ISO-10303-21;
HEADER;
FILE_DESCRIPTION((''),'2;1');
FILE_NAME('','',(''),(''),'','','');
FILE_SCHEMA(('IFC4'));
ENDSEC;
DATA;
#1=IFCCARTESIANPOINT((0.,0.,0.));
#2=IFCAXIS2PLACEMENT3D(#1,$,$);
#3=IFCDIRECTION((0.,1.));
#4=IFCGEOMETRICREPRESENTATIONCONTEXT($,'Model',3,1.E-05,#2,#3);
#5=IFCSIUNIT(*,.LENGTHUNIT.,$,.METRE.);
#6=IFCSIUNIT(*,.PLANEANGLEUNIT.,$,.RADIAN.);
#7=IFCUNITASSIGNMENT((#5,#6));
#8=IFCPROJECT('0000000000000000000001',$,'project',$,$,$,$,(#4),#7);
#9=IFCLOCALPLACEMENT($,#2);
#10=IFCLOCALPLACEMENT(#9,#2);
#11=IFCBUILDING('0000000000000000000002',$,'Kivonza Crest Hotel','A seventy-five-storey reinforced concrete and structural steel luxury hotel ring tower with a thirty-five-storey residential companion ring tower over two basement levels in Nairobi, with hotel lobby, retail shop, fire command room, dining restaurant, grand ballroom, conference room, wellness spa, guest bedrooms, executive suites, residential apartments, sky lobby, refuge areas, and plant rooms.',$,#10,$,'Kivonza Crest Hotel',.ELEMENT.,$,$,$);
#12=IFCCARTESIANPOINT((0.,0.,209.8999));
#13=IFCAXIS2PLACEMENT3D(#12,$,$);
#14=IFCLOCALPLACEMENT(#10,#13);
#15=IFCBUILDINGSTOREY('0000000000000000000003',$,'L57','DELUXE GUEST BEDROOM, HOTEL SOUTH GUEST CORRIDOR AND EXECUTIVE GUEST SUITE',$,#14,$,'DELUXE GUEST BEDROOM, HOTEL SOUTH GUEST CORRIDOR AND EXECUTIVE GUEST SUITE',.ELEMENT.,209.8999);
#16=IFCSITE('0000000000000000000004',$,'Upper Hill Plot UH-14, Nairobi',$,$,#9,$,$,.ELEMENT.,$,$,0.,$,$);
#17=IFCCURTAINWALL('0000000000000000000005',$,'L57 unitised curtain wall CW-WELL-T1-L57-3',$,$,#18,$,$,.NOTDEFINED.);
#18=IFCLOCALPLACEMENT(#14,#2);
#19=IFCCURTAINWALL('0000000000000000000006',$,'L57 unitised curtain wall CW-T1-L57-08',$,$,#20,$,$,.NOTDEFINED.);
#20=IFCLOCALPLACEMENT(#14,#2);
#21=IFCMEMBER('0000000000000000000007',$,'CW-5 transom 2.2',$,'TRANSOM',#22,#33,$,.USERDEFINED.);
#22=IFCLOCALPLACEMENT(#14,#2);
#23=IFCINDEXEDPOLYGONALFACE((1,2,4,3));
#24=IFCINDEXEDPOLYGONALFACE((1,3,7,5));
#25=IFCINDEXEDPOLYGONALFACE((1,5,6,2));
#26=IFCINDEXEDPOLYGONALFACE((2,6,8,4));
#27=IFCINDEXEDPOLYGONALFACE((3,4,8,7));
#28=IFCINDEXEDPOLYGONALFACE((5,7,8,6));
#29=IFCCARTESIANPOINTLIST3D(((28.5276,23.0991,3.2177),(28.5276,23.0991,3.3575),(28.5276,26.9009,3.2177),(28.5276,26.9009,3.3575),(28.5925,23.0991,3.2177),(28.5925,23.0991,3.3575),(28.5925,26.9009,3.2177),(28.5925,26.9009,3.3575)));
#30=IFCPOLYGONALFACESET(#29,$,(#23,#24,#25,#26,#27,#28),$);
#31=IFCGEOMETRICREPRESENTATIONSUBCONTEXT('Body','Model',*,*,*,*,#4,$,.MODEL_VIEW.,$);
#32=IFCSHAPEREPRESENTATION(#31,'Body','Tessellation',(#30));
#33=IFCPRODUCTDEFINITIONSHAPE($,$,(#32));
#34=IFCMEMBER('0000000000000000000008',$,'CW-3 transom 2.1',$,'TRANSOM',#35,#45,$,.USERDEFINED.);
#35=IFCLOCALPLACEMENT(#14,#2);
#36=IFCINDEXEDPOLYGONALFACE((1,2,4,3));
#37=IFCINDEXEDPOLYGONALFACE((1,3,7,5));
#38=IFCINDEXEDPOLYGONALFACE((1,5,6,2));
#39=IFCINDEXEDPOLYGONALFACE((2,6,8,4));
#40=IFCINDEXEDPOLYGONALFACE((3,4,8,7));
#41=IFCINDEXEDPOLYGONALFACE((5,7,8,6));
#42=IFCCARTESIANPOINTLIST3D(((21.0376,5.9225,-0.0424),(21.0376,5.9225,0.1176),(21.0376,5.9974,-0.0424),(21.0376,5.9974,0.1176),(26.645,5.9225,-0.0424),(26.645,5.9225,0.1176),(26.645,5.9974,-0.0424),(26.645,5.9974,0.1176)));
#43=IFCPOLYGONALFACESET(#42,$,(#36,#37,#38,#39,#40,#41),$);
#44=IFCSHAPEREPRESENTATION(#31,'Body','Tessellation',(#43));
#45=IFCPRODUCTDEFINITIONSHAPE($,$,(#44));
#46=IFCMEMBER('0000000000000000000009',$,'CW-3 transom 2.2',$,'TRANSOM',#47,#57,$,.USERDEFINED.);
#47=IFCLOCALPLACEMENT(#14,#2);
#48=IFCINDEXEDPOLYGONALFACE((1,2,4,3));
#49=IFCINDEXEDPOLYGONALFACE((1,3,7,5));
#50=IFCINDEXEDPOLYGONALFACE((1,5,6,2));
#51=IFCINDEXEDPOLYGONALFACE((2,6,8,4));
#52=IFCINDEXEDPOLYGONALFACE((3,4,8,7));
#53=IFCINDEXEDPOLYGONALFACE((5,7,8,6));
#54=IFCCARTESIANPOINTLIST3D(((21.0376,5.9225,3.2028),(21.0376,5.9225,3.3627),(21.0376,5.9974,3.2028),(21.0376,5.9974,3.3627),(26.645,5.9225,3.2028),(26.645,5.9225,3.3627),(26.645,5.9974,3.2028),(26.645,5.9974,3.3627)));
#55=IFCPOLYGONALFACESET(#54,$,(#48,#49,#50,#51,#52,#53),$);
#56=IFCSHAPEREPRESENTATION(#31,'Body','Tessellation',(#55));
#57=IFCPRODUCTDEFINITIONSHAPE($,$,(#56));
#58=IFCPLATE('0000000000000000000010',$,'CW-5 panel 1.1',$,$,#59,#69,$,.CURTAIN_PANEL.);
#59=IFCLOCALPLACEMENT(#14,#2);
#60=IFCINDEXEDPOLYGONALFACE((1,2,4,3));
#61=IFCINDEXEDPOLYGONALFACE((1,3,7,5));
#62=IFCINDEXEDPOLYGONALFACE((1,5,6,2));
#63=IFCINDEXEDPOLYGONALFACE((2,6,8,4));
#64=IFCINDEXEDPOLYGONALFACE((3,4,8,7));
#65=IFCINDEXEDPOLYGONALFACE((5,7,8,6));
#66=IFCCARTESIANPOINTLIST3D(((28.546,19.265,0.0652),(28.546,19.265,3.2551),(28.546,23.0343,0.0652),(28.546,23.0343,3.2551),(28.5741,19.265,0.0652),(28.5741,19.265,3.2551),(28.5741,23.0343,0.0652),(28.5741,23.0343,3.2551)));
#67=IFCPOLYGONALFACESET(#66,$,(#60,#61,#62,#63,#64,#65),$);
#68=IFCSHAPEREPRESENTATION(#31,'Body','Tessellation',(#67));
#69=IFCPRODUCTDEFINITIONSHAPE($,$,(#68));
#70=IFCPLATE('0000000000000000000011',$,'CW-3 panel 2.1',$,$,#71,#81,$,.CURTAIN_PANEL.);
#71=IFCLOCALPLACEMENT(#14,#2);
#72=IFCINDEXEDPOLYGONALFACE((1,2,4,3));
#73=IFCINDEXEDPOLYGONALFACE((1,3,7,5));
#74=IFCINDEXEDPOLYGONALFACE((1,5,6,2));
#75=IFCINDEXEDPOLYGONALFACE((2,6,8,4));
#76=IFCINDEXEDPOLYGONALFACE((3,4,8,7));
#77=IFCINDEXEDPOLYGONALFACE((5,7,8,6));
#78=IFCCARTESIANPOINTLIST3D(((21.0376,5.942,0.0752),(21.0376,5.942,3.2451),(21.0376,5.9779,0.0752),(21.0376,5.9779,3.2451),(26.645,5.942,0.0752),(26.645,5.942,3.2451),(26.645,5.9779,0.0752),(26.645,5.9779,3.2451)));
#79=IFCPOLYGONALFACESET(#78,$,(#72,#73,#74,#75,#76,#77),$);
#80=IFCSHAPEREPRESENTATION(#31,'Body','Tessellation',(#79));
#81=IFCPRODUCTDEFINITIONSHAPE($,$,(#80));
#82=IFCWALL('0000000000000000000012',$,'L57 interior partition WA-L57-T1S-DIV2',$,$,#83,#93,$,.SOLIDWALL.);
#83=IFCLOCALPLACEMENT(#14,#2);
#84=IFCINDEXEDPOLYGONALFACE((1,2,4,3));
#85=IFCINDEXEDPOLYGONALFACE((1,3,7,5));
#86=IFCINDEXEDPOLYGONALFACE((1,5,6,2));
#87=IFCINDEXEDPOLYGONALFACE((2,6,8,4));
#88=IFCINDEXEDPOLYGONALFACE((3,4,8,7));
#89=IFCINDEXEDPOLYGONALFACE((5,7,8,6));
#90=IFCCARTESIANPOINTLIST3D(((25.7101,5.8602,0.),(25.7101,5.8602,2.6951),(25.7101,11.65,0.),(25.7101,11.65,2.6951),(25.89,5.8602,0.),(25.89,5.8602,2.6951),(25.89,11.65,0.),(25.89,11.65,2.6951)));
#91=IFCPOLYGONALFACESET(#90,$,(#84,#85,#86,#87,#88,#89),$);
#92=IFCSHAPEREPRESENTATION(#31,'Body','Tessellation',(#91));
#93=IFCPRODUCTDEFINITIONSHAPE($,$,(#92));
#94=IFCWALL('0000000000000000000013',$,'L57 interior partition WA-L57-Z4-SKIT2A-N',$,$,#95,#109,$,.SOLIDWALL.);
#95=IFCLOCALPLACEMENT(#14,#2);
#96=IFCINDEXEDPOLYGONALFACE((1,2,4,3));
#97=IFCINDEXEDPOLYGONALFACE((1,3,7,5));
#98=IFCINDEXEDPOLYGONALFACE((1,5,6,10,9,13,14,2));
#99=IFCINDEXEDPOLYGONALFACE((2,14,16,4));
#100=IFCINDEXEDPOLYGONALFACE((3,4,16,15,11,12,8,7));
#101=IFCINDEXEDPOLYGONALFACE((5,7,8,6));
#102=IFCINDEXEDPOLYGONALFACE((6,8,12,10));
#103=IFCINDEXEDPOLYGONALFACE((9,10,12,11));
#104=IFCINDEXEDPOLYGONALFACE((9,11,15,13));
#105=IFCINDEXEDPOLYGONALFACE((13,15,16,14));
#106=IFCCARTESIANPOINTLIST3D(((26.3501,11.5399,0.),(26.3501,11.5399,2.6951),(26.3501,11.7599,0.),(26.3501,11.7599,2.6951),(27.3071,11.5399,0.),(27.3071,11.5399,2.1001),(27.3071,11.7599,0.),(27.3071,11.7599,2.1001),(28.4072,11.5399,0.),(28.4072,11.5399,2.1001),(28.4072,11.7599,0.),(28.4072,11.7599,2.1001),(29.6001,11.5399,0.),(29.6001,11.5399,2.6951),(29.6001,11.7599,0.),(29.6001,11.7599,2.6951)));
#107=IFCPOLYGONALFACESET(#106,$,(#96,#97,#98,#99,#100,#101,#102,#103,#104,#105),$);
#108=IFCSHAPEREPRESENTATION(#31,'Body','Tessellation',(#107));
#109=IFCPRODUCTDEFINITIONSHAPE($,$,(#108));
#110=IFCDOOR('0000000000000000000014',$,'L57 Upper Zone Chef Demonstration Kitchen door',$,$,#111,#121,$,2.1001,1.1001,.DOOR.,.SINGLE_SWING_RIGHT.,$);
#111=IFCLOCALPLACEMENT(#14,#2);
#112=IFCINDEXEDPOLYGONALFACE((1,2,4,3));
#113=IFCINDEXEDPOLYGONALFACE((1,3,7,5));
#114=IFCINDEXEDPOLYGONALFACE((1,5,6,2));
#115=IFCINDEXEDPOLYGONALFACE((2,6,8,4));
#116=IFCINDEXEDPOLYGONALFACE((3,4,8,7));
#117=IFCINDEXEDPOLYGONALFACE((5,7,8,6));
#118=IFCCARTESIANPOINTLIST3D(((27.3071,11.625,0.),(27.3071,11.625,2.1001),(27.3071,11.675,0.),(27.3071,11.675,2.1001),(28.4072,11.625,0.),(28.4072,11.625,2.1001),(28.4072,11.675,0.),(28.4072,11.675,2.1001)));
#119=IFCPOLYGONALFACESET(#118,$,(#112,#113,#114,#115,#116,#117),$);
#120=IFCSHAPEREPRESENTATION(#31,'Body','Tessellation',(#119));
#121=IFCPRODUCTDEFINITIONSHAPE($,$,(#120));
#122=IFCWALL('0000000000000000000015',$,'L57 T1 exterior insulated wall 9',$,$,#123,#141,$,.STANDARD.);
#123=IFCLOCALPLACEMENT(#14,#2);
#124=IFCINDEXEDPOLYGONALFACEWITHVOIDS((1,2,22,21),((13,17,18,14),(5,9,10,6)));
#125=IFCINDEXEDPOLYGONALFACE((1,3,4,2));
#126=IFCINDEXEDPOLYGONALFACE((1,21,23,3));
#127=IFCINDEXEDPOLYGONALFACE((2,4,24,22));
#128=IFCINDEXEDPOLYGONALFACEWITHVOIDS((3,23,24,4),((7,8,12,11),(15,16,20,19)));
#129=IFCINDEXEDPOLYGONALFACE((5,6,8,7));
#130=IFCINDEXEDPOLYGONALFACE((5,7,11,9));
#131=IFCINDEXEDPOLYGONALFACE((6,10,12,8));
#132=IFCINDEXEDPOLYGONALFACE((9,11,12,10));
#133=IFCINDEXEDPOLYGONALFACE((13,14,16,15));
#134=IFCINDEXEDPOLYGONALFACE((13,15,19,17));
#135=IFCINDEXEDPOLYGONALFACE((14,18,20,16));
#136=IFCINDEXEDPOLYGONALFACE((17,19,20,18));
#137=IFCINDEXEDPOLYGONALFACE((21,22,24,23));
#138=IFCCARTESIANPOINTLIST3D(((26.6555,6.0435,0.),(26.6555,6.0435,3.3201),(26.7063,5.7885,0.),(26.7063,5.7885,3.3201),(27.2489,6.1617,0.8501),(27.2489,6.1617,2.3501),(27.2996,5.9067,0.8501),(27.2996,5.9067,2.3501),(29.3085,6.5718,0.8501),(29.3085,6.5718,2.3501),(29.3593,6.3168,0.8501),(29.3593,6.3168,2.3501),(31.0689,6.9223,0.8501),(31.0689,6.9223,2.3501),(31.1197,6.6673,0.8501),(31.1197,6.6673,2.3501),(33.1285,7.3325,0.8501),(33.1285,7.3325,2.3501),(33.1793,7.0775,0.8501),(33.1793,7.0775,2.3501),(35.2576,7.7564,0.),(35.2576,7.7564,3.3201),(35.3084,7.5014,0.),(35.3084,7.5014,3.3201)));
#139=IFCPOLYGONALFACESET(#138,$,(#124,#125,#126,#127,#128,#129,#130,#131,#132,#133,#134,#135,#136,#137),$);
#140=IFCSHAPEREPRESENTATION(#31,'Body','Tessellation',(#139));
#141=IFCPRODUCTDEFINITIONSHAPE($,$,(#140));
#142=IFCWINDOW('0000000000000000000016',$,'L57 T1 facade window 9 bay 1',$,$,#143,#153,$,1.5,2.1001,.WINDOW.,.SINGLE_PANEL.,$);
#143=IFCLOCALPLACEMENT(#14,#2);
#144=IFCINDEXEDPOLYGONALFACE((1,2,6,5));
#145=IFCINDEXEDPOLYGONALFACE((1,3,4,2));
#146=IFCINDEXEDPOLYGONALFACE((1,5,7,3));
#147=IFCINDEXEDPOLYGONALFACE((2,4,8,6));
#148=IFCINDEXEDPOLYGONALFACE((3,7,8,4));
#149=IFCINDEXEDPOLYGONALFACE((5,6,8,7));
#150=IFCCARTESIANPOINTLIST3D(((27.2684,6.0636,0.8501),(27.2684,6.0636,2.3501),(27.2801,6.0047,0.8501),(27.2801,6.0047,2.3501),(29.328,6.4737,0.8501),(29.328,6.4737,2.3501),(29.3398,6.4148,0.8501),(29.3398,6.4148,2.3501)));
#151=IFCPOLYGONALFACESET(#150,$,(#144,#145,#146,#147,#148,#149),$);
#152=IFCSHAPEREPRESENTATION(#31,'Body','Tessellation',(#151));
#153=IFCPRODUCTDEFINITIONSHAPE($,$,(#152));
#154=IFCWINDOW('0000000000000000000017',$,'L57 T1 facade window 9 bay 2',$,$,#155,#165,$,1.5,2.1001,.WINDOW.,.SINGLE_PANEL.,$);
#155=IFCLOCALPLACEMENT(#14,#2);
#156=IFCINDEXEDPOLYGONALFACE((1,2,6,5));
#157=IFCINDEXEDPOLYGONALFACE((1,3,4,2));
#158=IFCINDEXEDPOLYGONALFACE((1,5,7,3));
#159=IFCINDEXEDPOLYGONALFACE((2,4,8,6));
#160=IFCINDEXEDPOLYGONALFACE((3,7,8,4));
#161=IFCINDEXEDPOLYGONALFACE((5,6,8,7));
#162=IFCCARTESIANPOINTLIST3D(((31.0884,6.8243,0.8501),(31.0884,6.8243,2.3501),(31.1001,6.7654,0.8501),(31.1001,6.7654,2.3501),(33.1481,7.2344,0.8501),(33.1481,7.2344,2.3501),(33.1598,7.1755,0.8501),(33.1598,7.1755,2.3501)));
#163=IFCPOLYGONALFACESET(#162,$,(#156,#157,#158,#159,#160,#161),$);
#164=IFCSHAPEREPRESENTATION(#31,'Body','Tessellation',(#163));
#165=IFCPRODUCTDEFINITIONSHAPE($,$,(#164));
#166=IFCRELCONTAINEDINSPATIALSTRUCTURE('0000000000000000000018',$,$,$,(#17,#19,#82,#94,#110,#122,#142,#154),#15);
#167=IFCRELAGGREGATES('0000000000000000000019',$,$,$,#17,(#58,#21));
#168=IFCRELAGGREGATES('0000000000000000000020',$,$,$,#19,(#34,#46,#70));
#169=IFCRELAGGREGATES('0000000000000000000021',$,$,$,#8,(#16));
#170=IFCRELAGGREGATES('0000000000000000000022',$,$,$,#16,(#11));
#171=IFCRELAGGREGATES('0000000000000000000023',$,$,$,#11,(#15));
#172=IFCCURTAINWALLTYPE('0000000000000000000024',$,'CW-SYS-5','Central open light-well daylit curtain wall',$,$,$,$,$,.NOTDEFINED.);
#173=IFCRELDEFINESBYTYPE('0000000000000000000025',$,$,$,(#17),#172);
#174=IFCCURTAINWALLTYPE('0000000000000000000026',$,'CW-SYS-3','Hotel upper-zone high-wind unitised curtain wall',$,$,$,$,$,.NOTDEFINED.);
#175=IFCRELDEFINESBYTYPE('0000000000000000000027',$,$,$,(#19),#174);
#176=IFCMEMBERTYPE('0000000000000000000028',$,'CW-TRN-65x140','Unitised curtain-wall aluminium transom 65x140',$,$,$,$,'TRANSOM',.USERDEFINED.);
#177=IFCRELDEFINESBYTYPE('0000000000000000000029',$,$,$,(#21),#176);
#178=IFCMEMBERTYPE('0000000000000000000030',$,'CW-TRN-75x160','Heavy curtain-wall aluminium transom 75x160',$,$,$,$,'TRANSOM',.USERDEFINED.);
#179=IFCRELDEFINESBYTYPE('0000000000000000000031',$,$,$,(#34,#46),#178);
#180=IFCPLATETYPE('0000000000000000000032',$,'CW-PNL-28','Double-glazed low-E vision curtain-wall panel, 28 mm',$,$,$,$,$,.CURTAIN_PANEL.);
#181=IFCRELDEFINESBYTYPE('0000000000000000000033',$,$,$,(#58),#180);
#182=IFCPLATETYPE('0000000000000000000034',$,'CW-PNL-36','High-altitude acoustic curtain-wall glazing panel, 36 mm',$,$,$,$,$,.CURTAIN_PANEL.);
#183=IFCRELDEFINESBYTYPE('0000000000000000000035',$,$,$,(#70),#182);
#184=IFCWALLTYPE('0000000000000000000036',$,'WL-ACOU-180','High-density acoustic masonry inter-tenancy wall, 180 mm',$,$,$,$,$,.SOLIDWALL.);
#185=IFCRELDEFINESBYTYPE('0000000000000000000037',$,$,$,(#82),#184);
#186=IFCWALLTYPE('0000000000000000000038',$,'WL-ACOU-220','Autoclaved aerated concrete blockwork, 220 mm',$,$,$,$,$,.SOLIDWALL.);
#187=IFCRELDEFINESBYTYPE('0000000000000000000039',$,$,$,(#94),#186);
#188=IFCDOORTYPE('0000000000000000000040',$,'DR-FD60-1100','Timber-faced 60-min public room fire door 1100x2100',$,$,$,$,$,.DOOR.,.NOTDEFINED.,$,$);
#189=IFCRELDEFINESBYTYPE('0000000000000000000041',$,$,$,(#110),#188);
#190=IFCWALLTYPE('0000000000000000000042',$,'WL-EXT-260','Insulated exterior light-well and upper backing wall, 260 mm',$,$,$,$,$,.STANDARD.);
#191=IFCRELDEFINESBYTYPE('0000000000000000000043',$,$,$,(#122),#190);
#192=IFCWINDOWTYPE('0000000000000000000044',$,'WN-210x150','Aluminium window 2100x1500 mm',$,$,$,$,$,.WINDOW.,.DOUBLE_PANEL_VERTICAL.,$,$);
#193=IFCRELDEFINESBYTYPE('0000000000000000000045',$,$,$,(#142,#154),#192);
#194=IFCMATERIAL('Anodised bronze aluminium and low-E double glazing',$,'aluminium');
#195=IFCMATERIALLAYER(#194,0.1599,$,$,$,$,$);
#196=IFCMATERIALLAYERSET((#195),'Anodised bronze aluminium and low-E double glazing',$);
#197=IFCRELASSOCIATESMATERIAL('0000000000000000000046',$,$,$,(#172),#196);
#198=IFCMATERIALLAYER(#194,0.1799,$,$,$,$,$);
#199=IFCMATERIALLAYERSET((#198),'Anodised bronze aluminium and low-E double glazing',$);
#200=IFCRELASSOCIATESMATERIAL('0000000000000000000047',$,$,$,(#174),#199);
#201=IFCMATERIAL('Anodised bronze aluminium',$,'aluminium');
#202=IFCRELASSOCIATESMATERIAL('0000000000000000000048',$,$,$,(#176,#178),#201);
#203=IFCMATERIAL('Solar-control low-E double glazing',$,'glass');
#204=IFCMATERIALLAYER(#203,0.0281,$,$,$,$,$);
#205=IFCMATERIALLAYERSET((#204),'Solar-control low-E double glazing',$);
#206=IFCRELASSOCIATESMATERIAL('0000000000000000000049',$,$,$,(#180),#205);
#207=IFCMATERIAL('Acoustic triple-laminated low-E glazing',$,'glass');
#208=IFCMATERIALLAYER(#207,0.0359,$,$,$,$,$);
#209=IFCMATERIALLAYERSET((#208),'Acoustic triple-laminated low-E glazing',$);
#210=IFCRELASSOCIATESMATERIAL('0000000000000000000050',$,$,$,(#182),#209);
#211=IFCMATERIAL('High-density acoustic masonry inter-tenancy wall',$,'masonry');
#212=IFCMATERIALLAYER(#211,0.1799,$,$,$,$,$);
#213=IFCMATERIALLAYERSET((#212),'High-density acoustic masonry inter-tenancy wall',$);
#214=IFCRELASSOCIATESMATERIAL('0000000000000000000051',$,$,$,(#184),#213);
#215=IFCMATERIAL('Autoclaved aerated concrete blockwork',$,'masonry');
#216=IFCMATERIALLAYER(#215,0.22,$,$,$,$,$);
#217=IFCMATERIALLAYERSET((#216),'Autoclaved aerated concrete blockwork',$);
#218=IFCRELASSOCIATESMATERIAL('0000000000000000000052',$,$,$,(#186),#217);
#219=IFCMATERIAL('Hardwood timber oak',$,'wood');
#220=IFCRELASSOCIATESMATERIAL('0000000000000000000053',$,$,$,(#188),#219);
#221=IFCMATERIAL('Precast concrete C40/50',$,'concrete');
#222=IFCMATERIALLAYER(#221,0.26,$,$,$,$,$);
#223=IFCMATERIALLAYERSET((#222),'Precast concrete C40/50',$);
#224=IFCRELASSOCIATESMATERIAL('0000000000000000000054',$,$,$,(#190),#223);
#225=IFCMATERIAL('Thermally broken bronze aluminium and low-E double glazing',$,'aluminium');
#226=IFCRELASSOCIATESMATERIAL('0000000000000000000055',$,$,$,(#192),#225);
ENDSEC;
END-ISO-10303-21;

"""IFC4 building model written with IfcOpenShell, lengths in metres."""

from ifc_helpers import new_model, si_unit, direction, frame, frame_2d, origin, origin_2d, place, context, subcontext, project, spatial, rectangle, extrude, material, layer, layer_set, material_profile, profile_set, type_object, element, fill, aggregate, save


model = new_model("IFC4")

# Units and contexts
model_context = context("Model", 3, precision=1e-05, world=origin(), true_north=direction((0.0, 1.0)))
body_context = subcontext(model_context, "Body", "Model", "MODEL_VIEW")
ifc_project = project(units=[si_unit("LENGTHUNIT", "METRE"), si_unit("PLANEANGLEUNIT", "RADIAN")], contexts=[model_context])

# Site, building, storey
site_placement = place(None, origin())
site = spatial("IfcSite", under=ifc_project, at=site_placement, Name="Upper Hill Plot UH-14, Nairobi", CompositionType="ELEMENT", RefElevation=0.0)
building_placement = place(site_placement, origin())
building = spatial("IfcBuilding", under=site, at=building_placement, Name="Kivonza Crest Hotel", Description="A seventy-five-storey reinforced concrete and structural steel luxury hotel ring tower with a thirty-five-storey residential companion ring tower over two basement levels in Nairobi, with hotel lobby, retail shop, fire command room, dining restaurant, grand ballroom, conference room, wellness spa, guest bedrooms, executive suites, residential apartments, sky lobby, refuge areas, and plant rooms.", LongName="Kivonza Crest Hotel", CompositionType="ELEMENT")
storey_placement = place(building_placement, frame((0.0, 0.0, 209.8999)))
storey = spatial("IfcBuildingStorey", under=building, at=storey_placement, Name="L57", Description="DELUXE GUEST BEDROOM, HOTEL SOUTH GUEST CORRIDOR AND EXECUTIVE GUEST SUITE", LongName="DELUXE GUEST BEDROOM, HOTEL SOUTH GUEST CORRIDOR AND EXECUTIVE GUEST SUITE", CompositionType="ELEMENT", Elevation=209.8999)

# Curtain walls
ifc_material_1 = material(Name="Anodised bronze aluminium and low-E double glazing", Category="aluminium")
ifc_layer_1 = layer(ifc_material_1, 0.1599)
ifc_layer_set_1 = layer_set([ifc_layer_1], Name="Anodised bronze aluminium and low-E double glazing")
curtain_wall_type_1 = type_object("IfcCurtainWallType", Name="CW-SYS-5", Description="Central open light-well daylit curtain wall", PredefinedType="NOTDEFINED", material=ifc_layer_set_1)
curtain_wall_1_placement = place(storey_placement, origin())
curtain_wall_1 = element("IfcCurtainWall", 1, at=curtain_wall_1_placement, inside=storey, type_object=curtain_wall_type_1, Name="L57 unitised curtain wall CW-WELL-T1-L57-3", PredefinedType="NOTDEFINED")
ifc_material_2 = material(Name="Anodised bronze aluminium", Category="aluminium")
ifc_layer_2 = layer(ifc_material_1, 0.1799)
ifc_layer_set_2 = layer_set([ifc_layer_2], Name="Anodised bronze aluminium and low-E double glazing")
curtain_wall_type_2 = type_object("IfcCurtainWallType", Name="CW-SYS-3", Description="Hotel upper-zone high-wind unitised curtain wall", PredefinedType="NOTDEFINED", material=ifc_layer_set_2)
curtain_wall_2_placement = place(storey_placement, origin())
curtain_wall_2 = element("IfcCurtainWall", 2, at=curtain_wall_2_placement, inside=storey, type_object=curtain_wall_type_2, Name="L57 unitised curtain wall CW-T1-L57-08", PredefinedType="NOTDEFINED")

# Members
ifc_material_profile_1 = material_profile(ifc_material_2, rectangle(XDim=0.0649, YDim=0.1399, at=origin_2d()), Name="CW-T 65x140")
ifc_profile_set_1 = profile_set([ifc_material_profile_1], Name="Anodised bronze aluminium")
member_type_1 = type_object("IfcMemberType", Name="CW-TRN-65x140", Description="Unitised curtain-wall aluminium transom 65x140", ElementType="TRANSOM", PredefinedType="USERDEFINED", material=ifc_profile_set_1)
member_1_placement = place(storey_placement, frame((28.5601, 23.0991, 3.2876), z_axis=(0.0, 1.0, 0.0), x_axis=(-1.0, 0.0, 0.0)))
member_1 = element("IfcMember", 3, at=member_1_placement, type_object=member_type_1, Name="CW-5 transom 2.2", ObjectType="TRANSOM", PredefinedType="USERDEFINED", context=body_context, shape_type="SweptSolid", body=[
    extrude(rectangle(XDim=0.0649, YDim=0.1399, at=origin_2d()), origin(), (0.0, 0.0, 1.0), 3.8018),
])
ifc_material_profile_2 = material_profile(ifc_material_2, rectangle(XDim=0.075, YDim=0.1599, at=origin_2d()), Name="CW-T 75x160")
ifc_profile_set_2 = profile_set([ifc_material_profile_2], Name="Anodised bronze aluminium")
member_type_2 = type_object("IfcMemberType", Name="CW-TRN-75x160", Description="Heavy curtain-wall aluminium transom 75x160", ElementType="TRANSOM", PredefinedType="USERDEFINED", material=ifc_profile_set_2)
member_2_placement = place(storey_placement, frame((21.0376, 5.96, 0.0376), z_axis=(1.0, 0.0, 0.0), x_axis=(0.0, 1.0, 0.0)))
member_2 = element("IfcMember", 4, at=member_2_placement, type_object=member_type_2, Name="CW-3 transom 2.1", ObjectType="TRANSOM", PredefinedType="USERDEFINED", context=body_context, shape_type="SweptSolid", body=[
    extrude(rectangle(XDim=0.075, YDim=0.1599, at=origin_2d()), origin(), (0.0, 0.0, 1.0), 5.6074),
])
member_3_placement = place(storey_placement, frame((21.0376, 5.96, 3.2827), z_axis=(1.0, 0.0, 0.0), x_axis=(0.0, 1.0, 0.0)))
member_3 = element("IfcMember", 5, at=member_3_placement, type_object=member_type_2, Name="CW-3 transom 2.2", ObjectType="TRANSOM", PredefinedType="USERDEFINED", context=body_context, shape_type="SweptSolid", body=[
    extrude(rectangle(XDim=0.075, YDim=0.1599, at=origin_2d()), origin(), (0.0, 0.0, 1.0), 5.6074),
])

# Plates
ifc_material_3 = material(Name="Solar-control low-E double glazing", Category="glass")
ifc_layer_3 = layer(ifc_material_3, 0.0281)
ifc_layer_set_3 = layer_set([ifc_layer_3], Name="Solar-control low-E double glazing")
plate_type_1 = type_object("IfcPlateType", Name="CW-PNL-28", Description="Double-glazed low-E vision curtain-wall panel, 28 mm", PredefinedType="CURTAIN_PANEL", material=ifc_layer_set_3)
plate_1_placement = place(storey_placement, frame((28.5601, 21.1497, 0.0652), z_axis=(0.0, 0.0, 1.0), x_axis=(0.0, 1.0, 0.0)))
plate_1 = element("IfcPlate", 6, at=plate_1_placement, type_object=plate_type_1, Name="CW-5 panel 1.1", PredefinedType="CURTAIN_PANEL", context=body_context, shape_type="SweptSolid", body=[
    extrude(rectangle(XDim=3.7693, YDim=0.0281, at=origin_2d()), origin(), (0.0, 0.0, 1.0), 3.1899),
])
aggregate(curtain_wall_1, [plate_1, member_1])
ifc_material_4 = material(Name="Acoustic triple-laminated low-E glazing", Category="glass")
ifc_layer_4 = layer(ifc_material_4, 0.0359)
ifc_layer_set_4 = layer_set([ifc_layer_4], Name="Acoustic triple-laminated low-E glazing")
plate_type_2 = type_object("IfcPlateType", Name="CW-PNL-36", Description="High-altitude acoustic curtain-wall glazing panel, 36 mm", PredefinedType="CURTAIN_PANEL", material=ifc_layer_set_4)
plate_2_placement = place(storey_placement, frame((23.8413, 5.96, 0.0752), z_axis=(0.0, 0.0, 1.0), x_axis=(1.0, 0.0, 0.0)))
plate_2 = element("IfcPlate", 7, at=plate_2_placement, type_object=plate_type_2, Name="CW-3 panel 2.1", PredefinedType="CURTAIN_PANEL", context=body_context, shape_type="SweptSolid", body=[
    extrude(rectangle(XDim=5.6074, YDim=0.0359, at=origin_2d()), origin(), (0.0, 0.0, 1.0), 3.1699),
])
aggregate(curtain_wall_2, [member_2, member_3, plate_2])

# Wall
ifc_material_5 = material(Name="High-density acoustic masonry inter-tenancy wall", Category="masonry")
ifc_layer_5 = layer(ifc_material_5, 0.1799)
ifc_layer_set_5 = layer_set([ifc_layer_5], Name="High-density acoustic masonry inter-tenancy wall")
wall_type_1 = type_object("IfcWallType", Name="WL-ACOU-180", Description="High-density acoustic masonry inter-tenancy wall, 180 mm", PredefinedType="SOLIDWALL", material=ifc_layer_set_5)
wall_1_placement = place(storey_placement, frame((25.8, 5.8601, 0.0), z_axis=(0.0, 0.0, 1.0), x_axis=(0.0, 1.0, 0.0)))
element("IfcWall", 8, at=wall_1_placement, inside=storey, type_object=wall_type_1, Name="L57 interior partition WA-L57-T1S-DIV2", PredefinedType="SOLIDWALL", context=body_context, shape_type="SweptSolid", body=[
    extrude(rectangle(XDim=5.7898, YDim=0.1799, at=frame_2d((2.895, 0.0))), origin(), (0.0, 0.0, 1.0), 2.6951),
])

# Wall, opening, door
ifc_material_6 = material(Name="Autoclaved aerated concrete blockwork", Category="masonry")
ifc_layer_6 = layer(ifc_material_6, 0.22)
ifc_layer_set_6 = layer_set([ifc_layer_6], Name="Autoclaved aerated concrete blockwork")
wall_type_2 = type_object("IfcWallType", Name="WL-ACOU-220", Description="Autoclaved aerated concrete blockwork, 220 mm", PredefinedType="SOLIDWALL", material=ifc_layer_set_6)
wall_2_placement = place(storey_placement, frame((26.3501, 11.6499, 0.0), z_axis=(0.0, 0.0, 1.0), x_axis=(1.0, 0.0, 0.0)))
wall_2 = element("IfcWall", 9, at=wall_2_placement, inside=storey, type_object=wall_type_2, Name="L57 interior partition WA-L57-Z4-SKIT2A-N", PredefinedType="SOLIDWALL", context=body_context, shape_type="SweptSolid", body=[
    extrude(rectangle(XDim=3.25, YDim=0.22, at=frame_2d((1.625, 0.0))), origin(), (0.0, 0.0, 1.0), 2.6951),
])
opening_1_placement = place(wall_2_placement, frame((0.957, 0.0, 0.0)))
opening_1 = element("IfcOpeningElement", 10, at=opening_1_placement, cuts=wall_2, PredefinedType="OPENING", context=body_context, shape_type="SweptSolid", body=[
    extrude(rectangle(XDim=1.1001, YDim=2.1001, at=frame_2d((0.55, 1.05))), frame((0.0, 0.1201, 0.0), z_axis=(0.0, -1.0, 0.0), x_axis=(1.0, 0.0, 0.0)), (0.0, 0.0, 1.0), 0.24),
])
ifc_material_7 = material(Name="Hardwood timber oak", Category="wood")
door_type = type_object("IfcDoorType", Name="DR-FD60-1100", Description="Timber-faced 60-min public room fire door 1100x2100", OperationType="NOTDEFINED", PredefinedType="DOOR", material=ifc_material_7)
door_placement = place(opening_1_placement, frame((1.1001, 0.0, 0.0), z_axis=(0.0, 0.0, 1.0), x_axis=(-1.0, 0.0, 0.0)))
door = element("IfcDoor", 11, at=door_placement, inside=storey, type_object=door_type, Name="L57 Upper Zone Chef Demonstration Kitchen door", OperationType="SINGLE_SWING_RIGHT", OverallHeight=2.1001, OverallWidth=1.1001, PredefinedType="DOOR", context=body_context, shape_type="SweptSolid", body=[
    extrude(rectangle(XDim=1.1001, YDim=2.1001, at=frame_2d((0.55, 1.05))), frame((0.0, 0.0249, 0.0), z_axis=(0.0, -1.0, 0.0), x_axis=(1.0, 0.0, 0.0)), (0.0, 0.0, 1.0), 0.05),
])
fill(opening_1, door)

# Wall, openings, windows
ifc_material_8 = material(Name="Precast concrete C40/50", Category="concrete")
ifc_layer_7 = layer(ifc_material_8, 0.26)
ifc_layer_set_7 = layer_set([ifc_layer_7], Name="Precast concrete C40/50")
wall_type_3 = type_object("IfcWallType", Name="WL-EXT-260", Description="Insulated exterior light-well and upper backing wall, 260 mm", PredefinedType="STANDARD", material=ifc_layer_set_7)
wall_3_placement = place(storey_placement, frame((26.6809, 5.916, 0.0), z_axis=(0.0, 0.0, 1.0), x_axis=(0.980745, 0.195292, 0.0)))
wall_3 = element("IfcWall", 12, at=wall_3_placement, inside=storey, type_object=wall_type_3, Name="L57 T1 exterior insulated wall 9", PredefinedType="STANDARD", context=body_context, shape_type="SweptSolid", body=[
    extrude(rectangle(XDim=8.771, YDim=0.26, at=frame_2d((4.3855, 0.0))), origin(), (0.0, 0.0, 1.0), 3.3201),
])
opening_2_placement = place(wall_3_placement, frame((0.605, 0.0, 0.8501)))
opening_2 = element("IfcOpeningElement", 13, at=opening_2_placement, cuts=wall_3, PredefinedType="OPENING", context=body_context, shape_type="SweptSolid", body=[
    extrude(rectangle(XDim=2.1001, YDim=1.5, at=frame_2d((1.05, 0.75))), frame((0.0, 0.1401, 0.0), z_axis=(0.0, -1.0, 0.0), x_axis=(1.0, 0.0, 0.0)), (0.0, 0.0, 1.0), 0.28),
])
opening_3_placement = place(wall_3_placement, frame((4.5, 0.0, 0.8501)))
opening_3 = element("IfcOpeningElement", 14, at=opening_3_placement, cuts=wall_3, PredefinedType="OPENING", context=body_context, shape_type="SweptSolid", body=[
    extrude(rectangle(XDim=2.1001, YDim=1.5, at=frame_2d((1.05, 0.75))), frame((0.0, 0.1401, 0.0), z_axis=(0.0, -1.0, 0.0), x_axis=(1.0, 0.0, 0.0)), (0.0, 0.0, 1.0), 0.28),
])
ifc_material_9 = material(Name="Thermally broken bronze aluminium and low-E double glazing", Category="aluminium")
window_type = type_object("IfcWindowType", Name="WN-210x150", Description="Aluminium window 2100x1500 mm", PartitioningType="DOUBLE_PANEL_VERTICAL", PredefinedType="WINDOW", material=ifc_material_9)
window_1_placement = place(opening_2_placement, origin())
window_1 = element("IfcWindow", 15, at=window_1_placement, inside=storey, type_object=window_type, Name="L57 T1 facade window 9 bay 1", OverallHeight=1.5, OverallWidth=2.1001, PartitioningType="SINGLE_PANEL", PredefinedType="WINDOW", context=body_context, shape_type="SweptSolid", body=[
    extrude(rectangle(XDim=2.1001, YDim=1.5, at=frame_2d((1.05, 0.75))), frame((0.0, 0.03, 0.0), z_axis=(0.0, -1.0, 0.0), x_axis=(1.0, 0.0, 0.0)), (0.0, 0.0, 1.0), 0.0601),
])
fill(opening_2, window_1)
window_2_placement = place(opening_3_placement, origin())
window_2 = element("IfcWindow", 16, at=window_2_placement, inside=storey, type_object=window_type, Name="L57 T1 facade window 9 bay 2", OverallHeight=1.5, OverallWidth=2.1001, PartitioningType="SINGLE_PANEL", PredefinedType="WINDOW", context=body_context, shape_type="SweptSolid", body=[
    extrude(rectangle(XDim=2.1001, YDim=1.5, at=frame_2d((1.05, 0.75))), frame((0.0, 0.03, 0.0), z_axis=(0.0, -1.0, 0.0), x_axis=(1.0, 0.0, 0.0)), (0.0, 0.0, 1.0), 0.0601),
])
fill(opening_3, window_2)

save(model, "model.ifc")
